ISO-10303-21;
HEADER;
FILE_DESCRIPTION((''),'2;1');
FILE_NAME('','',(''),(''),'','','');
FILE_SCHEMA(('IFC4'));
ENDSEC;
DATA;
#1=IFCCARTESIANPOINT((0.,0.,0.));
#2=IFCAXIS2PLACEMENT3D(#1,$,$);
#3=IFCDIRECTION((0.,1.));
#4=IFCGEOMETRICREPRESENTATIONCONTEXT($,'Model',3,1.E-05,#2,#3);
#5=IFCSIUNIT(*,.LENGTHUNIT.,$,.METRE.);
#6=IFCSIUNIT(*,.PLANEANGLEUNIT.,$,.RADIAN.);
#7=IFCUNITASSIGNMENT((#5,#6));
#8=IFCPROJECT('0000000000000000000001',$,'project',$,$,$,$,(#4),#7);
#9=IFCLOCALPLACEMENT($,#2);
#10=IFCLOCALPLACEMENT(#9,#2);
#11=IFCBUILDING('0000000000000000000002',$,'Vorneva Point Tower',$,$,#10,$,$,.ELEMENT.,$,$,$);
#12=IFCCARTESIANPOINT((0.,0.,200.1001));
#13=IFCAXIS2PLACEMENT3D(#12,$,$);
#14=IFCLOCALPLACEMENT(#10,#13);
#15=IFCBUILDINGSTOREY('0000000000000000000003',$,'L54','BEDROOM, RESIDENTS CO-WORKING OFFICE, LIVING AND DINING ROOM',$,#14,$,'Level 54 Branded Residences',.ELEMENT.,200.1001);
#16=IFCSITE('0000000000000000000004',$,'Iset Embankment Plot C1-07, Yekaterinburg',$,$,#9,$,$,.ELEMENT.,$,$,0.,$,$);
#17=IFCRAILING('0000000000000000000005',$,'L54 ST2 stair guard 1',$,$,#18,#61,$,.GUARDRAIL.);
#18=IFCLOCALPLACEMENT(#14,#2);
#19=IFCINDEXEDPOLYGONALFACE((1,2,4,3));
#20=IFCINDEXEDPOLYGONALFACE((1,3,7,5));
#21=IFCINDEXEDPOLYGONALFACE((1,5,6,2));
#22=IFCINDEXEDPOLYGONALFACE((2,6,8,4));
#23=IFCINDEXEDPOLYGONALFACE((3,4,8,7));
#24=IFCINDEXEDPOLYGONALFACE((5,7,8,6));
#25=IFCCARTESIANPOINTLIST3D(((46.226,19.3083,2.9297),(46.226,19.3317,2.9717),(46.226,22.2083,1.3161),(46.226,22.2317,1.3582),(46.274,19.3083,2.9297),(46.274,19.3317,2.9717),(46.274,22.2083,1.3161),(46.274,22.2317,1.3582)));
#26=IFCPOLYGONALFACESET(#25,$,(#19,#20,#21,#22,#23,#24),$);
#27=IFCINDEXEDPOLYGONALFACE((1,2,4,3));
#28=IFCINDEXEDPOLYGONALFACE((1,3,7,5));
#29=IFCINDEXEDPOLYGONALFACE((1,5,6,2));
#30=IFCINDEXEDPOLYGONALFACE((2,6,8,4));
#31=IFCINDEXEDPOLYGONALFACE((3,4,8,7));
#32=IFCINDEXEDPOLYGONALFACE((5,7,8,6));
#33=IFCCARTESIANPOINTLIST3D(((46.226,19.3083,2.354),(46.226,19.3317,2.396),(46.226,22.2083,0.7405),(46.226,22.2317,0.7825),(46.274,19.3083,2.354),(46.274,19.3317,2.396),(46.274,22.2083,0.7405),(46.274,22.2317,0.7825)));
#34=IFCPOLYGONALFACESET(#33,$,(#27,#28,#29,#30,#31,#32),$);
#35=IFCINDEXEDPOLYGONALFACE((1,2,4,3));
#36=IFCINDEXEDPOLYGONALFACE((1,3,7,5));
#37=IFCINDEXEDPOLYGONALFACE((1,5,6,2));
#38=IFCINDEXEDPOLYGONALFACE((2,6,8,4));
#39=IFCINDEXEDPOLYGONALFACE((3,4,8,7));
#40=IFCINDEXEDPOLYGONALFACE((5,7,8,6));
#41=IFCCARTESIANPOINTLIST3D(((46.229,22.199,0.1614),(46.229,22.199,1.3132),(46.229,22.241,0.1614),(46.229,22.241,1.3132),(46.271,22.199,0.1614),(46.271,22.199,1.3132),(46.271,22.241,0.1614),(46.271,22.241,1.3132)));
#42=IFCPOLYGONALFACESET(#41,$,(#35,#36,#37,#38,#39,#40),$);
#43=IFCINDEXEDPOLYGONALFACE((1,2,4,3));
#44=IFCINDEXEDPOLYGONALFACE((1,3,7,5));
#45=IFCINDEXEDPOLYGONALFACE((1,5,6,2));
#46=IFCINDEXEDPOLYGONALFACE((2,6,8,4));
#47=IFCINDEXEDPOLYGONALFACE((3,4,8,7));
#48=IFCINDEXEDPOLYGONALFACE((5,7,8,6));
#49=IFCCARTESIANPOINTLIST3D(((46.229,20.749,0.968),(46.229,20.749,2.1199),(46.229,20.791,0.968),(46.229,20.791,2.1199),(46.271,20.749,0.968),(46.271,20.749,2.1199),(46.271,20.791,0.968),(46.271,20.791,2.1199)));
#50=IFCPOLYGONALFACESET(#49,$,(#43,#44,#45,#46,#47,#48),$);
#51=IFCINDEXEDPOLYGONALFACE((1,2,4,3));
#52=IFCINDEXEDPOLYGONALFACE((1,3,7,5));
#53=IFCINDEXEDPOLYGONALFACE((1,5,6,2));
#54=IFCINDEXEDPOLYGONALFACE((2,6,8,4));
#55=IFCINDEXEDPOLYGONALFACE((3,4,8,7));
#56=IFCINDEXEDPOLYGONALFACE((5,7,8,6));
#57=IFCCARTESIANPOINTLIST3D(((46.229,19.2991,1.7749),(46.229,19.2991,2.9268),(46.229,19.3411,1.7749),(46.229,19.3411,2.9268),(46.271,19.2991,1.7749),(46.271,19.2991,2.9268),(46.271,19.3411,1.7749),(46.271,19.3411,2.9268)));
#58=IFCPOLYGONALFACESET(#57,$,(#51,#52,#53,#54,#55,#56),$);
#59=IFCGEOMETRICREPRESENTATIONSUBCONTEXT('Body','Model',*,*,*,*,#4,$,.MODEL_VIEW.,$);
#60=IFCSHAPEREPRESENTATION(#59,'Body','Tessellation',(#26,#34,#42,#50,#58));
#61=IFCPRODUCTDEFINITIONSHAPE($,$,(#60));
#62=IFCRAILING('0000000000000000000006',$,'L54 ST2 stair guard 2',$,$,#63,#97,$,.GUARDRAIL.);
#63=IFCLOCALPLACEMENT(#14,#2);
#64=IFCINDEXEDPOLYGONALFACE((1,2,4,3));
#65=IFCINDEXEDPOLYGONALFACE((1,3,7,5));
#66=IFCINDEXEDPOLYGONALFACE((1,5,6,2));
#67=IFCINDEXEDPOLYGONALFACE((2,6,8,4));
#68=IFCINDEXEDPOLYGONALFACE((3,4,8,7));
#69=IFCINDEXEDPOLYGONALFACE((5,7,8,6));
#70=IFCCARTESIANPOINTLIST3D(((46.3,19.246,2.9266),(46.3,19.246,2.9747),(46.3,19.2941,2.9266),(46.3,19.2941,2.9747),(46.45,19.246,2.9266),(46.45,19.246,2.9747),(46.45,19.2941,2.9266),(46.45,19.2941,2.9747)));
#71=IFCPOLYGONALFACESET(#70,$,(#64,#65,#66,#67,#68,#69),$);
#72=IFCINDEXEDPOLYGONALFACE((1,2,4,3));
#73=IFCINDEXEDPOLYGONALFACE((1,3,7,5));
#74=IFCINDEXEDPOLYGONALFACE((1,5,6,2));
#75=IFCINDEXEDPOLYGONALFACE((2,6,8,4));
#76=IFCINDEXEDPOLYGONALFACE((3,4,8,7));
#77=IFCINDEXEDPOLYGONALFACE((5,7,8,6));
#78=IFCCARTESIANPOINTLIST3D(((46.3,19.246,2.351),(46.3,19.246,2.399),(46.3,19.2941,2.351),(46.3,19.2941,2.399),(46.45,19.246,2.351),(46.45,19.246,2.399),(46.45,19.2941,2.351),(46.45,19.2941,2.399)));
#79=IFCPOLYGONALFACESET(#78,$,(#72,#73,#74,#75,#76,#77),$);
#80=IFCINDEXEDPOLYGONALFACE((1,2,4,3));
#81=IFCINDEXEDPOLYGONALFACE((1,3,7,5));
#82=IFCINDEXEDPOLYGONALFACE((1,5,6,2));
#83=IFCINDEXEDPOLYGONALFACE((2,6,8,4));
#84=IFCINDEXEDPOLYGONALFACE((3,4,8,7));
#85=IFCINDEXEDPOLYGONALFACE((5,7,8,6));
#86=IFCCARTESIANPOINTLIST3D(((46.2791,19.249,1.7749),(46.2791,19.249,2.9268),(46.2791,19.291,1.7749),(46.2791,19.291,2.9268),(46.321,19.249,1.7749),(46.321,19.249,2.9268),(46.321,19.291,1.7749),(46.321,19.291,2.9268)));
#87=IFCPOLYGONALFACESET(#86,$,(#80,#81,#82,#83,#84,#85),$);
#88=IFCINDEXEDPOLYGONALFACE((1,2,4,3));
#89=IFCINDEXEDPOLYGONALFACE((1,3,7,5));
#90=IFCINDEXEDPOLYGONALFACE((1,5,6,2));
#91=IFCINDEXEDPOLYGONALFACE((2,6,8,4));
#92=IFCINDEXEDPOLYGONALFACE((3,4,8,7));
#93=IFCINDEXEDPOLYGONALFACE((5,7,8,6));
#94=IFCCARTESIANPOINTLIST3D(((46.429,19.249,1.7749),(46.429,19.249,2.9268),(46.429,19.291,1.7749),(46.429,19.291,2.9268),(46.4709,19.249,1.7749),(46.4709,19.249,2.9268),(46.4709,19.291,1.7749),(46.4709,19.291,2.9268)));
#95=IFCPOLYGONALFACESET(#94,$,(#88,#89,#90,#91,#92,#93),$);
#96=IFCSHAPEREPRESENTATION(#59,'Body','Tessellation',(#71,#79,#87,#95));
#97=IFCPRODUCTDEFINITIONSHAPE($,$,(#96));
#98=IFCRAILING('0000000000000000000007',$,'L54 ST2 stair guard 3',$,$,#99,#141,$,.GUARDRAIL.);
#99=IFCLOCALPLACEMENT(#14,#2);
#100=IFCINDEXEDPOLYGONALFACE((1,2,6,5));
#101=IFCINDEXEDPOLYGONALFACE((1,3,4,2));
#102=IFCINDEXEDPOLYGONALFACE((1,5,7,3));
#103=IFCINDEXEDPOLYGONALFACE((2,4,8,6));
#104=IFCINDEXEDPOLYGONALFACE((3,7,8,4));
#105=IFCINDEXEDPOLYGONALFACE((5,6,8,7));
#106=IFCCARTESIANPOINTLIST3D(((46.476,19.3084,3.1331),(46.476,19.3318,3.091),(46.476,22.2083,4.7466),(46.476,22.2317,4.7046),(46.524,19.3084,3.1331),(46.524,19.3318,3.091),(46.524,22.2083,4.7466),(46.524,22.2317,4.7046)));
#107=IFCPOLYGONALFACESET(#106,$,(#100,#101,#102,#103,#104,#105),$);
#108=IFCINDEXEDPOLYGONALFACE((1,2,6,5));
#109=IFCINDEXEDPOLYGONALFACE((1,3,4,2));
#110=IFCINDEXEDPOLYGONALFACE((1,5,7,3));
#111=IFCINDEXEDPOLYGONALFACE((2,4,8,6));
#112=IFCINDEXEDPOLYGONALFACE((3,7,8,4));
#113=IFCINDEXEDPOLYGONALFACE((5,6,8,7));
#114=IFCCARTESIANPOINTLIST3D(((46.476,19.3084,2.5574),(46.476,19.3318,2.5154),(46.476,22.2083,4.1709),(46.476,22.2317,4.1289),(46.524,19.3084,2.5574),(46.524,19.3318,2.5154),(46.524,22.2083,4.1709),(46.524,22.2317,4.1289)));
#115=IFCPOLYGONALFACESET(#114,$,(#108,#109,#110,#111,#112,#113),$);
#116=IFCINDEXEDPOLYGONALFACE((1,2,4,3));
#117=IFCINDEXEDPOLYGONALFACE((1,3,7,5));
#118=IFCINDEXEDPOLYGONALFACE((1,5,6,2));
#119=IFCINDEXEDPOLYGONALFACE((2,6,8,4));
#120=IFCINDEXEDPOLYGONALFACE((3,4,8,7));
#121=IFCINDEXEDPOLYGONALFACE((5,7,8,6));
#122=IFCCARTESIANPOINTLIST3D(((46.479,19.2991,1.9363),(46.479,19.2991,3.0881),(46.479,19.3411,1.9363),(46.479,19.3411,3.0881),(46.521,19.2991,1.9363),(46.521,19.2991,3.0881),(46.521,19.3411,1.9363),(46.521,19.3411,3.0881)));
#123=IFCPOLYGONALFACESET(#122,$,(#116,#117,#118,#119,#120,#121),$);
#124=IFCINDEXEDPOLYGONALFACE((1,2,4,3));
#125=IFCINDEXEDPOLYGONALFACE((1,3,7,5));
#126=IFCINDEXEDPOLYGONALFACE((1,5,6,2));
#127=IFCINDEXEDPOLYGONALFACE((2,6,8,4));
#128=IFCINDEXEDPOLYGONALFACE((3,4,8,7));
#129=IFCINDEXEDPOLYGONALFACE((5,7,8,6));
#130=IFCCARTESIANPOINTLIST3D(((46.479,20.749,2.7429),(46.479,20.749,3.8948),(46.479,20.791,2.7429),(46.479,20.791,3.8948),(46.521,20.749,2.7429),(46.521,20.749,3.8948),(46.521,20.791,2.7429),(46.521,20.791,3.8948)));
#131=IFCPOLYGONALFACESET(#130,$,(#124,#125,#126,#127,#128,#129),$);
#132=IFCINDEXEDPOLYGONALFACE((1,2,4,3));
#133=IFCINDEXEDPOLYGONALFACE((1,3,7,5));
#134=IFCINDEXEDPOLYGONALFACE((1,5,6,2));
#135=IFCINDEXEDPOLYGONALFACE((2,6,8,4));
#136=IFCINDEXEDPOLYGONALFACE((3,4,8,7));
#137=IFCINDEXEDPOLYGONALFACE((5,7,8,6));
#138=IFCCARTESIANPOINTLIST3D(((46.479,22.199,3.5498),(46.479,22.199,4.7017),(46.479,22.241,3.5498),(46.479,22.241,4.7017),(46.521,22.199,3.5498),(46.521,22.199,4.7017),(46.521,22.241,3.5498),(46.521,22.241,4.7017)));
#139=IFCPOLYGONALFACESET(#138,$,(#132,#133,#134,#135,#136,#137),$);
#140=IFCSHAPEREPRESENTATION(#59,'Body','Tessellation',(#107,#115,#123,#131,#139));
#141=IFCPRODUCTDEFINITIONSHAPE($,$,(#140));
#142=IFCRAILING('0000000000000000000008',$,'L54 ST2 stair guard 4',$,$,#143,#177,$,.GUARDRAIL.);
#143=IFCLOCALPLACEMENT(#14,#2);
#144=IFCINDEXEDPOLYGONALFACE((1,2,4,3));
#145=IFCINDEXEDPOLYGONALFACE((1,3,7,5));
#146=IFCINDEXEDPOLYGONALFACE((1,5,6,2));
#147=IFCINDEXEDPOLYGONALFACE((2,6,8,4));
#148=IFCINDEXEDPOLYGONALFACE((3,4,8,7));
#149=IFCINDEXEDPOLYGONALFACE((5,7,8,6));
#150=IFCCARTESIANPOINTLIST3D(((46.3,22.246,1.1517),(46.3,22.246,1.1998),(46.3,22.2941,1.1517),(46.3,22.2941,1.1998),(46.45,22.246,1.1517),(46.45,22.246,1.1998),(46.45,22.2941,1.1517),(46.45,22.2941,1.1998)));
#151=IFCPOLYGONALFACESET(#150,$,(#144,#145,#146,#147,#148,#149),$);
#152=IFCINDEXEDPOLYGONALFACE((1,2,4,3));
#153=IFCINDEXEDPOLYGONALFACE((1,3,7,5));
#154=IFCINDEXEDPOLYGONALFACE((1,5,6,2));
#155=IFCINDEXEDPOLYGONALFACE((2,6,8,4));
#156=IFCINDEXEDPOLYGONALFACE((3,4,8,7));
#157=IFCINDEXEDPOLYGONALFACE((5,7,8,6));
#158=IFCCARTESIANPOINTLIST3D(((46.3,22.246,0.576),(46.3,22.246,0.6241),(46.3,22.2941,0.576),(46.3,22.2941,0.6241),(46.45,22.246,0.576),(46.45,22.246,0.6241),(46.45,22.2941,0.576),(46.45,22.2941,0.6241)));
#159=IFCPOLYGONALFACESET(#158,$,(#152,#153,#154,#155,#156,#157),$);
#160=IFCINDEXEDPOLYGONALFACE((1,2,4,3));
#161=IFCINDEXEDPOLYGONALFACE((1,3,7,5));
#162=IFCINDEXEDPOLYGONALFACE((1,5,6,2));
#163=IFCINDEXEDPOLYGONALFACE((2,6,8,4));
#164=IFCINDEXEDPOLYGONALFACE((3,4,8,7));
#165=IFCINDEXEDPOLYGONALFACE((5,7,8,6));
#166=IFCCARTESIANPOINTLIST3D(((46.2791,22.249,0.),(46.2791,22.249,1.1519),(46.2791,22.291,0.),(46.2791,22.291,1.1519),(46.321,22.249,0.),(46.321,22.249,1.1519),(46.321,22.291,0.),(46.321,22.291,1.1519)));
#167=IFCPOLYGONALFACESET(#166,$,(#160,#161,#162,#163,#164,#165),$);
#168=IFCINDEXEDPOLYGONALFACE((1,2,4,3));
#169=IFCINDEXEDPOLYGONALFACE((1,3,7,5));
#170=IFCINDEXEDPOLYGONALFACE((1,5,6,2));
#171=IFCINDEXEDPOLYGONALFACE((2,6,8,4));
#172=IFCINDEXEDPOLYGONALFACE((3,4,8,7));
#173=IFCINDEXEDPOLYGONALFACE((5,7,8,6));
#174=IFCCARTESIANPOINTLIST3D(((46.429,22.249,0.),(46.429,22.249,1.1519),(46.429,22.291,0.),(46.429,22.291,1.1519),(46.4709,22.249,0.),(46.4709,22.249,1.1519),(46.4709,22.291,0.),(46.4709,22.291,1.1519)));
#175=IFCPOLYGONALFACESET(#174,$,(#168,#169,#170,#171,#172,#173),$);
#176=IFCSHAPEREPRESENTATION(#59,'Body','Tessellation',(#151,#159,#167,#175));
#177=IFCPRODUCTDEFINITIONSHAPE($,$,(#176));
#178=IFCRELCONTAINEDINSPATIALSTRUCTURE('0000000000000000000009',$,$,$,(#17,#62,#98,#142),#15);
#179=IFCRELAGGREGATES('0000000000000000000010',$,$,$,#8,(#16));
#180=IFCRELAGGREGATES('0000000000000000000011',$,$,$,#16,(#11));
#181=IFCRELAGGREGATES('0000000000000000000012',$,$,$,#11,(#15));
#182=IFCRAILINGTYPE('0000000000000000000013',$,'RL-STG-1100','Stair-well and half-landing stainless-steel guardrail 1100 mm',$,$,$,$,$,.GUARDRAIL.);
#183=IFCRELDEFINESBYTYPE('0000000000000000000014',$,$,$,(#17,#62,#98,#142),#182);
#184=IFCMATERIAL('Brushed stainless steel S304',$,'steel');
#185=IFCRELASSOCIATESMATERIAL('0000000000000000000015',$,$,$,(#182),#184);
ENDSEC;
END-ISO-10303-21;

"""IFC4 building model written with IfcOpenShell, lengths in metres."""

from ifc_helpers import new_model, si_unit, direction, frame, origin, origin_2d, place, context, subcontext, project, spatial, rectangle, extrude, material, type_object, element, save


model = new_model("IFC4")

# Units and contexts
model_context = context("Model", 3, precision=1e-05, world=origin(), true_north=direction((0.0, 1.0)))
body_context = subcontext(model_context, "Body", "Model", "MODEL_VIEW")
ifc_project = project(units=[si_unit("LENGTHUNIT", "METRE"), si_unit("PLANEANGLEUNIT", "RADIAN")], contexts=[model_context])

# Site, building, storey
site_placement = place(None, origin())
site = spatial("IfcSite", under=ifc_project, at=site_placement, Name="Iset Embankment Plot C1-07, Yekaterinburg", CompositionType="ELEMENT", RefElevation=0.0)
building_placement = place(site_placement, origin())
building = spatial("IfcBuilding", under=site, at=building_placement, Name="Vorneva Point Tower", CompositionType="ELEMENT")
storey_placement = place(building_placement, frame((0.0, 0.0, 200.1001)))
storey = spatial("IfcBuildingStorey", under=building, at=storey_placement, Name="L54", Description="BEDROOM, RESIDENTS CO-WORKING OFFICE, LIVING AND DINING ROOM", LongName="Level 54 Branded Residences", CompositionType="ELEMENT", Elevation=200.1001)

# Railings
ifc_material_1 = material(Name="Brushed stainless steel S304", Category="steel")
railing_type_1 = type_object("IfcRailingType", Name="RL-STG-1100", Description="Stair-well and half-landing stainless-steel guardrail 1100 mm", PredefinedType="GUARDRAIL", material=ifc_material_1)
railing_1_placement = place(storey_placement, frame((46.25, 22.22, 0.1614)))
element("IfcRailing", 1, at=railing_1_placement, inside=storey, type_object=railing_type_1, Name="L54 ST2 stair guard 1", PredefinedType="GUARDRAIL", context=body_context, shape_type="SweptSolid", body=[
    extrude(rectangle(XDim=0.0481, YDim=0.0481, at=origin_2d()), frame((0.0, 0.0, 1.1758), z_axis=(0.0, -0.873841, 0.486211), x_axis=(1.0, 0.0, 0.0)), (0.0, 0.0, 1.0), 3.3186),
    extrude(rectangle(XDim=0.0481, YDim=0.0481, at=origin_2d()), frame((0.0, 0.0, 0.6001), z_axis=(0.0, -0.873841, 0.486211), x_axis=(1.0, 0.0, 0.0)), (0.0, 0.0, 1.0), 3.3186),
    extrude(rectangle(XDim=0.042, YDim=0.042, at=origin_2d()), origin(), (0.0, 0.0, 1.0), 1.1519),
    extrude(rectangle(XDim=0.042, YDim=0.042, at=origin_2d()), frame((0.0, -1.45, 0.8066)), (0.0, 0.0, 1.0), 1.1519),
    extrude(rectangle(XDim=0.042, YDim=0.042, at=origin_2d()), frame((0.0, -2.8999, 1.6135)), (0.0, 0.0, 1.0), 1.1519),
])
railing_2_placement = place(storey_placement, frame((46.3, 19.27, 1.7749)))
element("IfcRailing", 2, at=railing_2_placement, inside=storey, type_object=railing_type_1, Name="L54 ST2 stair guard 2", PredefinedType="GUARDRAIL", context=body_context, shape_type="SweptSolid", body=[
    extrude(rectangle(XDim=0.0481, YDim=0.0481, at=origin_2d()), frame((0.0, 0.0, 1.1758), z_axis=(1.0, 0.0, 0.0), x_axis=(0.0, 1.0, 0.0)), (0.0, 0.0, 1.0), 0.1499),
    extrude(rectangle(XDim=0.0481, YDim=0.0481, at=origin_2d()), frame((0.0, 0.0, 0.6001), z_axis=(1.0, 0.0, 0.0), x_axis=(0.0, 1.0, 0.0)), (0.0, 0.0, 1.0), 0.1499),
    extrude(rectangle(XDim=0.042, YDim=0.042, at=origin_2d()), origin(), (0.0, 0.0, 1.0), 1.1519),
    extrude(rectangle(XDim=0.042, YDim=0.042, at=origin_2d()), frame((0.1499, 0.0, 0.0)), (0.0, 0.0, 1.0), 1.1519),
])
railing_3_placement = place(storey_placement, frame((46.5, 19.3201, 1.9363)))
element("IfcRailing", 3, at=railing_3_placement, inside=storey, type_object=railing_type_1, Name="L54 ST2 stair guard 3", PredefinedType="GUARDRAIL", context=body_context, shape_type="SweptSolid", body=[
    extrude(rectangle(XDim=0.0481, YDim=0.0481, at=origin_2d()), frame((0.0, 0.0, 1.1758), z_axis=(0.0, 0.873841, 0.486211), x_axis=(-1.0, 0.0, 0.0)), (0.0, 0.0, 1.0), 3.3186),
    extrude(rectangle(XDim=0.0481, YDim=0.0481, at=origin_2d()), frame((0.0, 0.0, 0.6001), z_axis=(0.0, 0.873841, 0.486211), x_axis=(-1.0, 0.0, 0.0)), (0.0, 0.0, 1.0), 3.3186),
    extrude(rectangle(XDim=0.042, YDim=0.042, at=origin_2d()), origin(), (0.0, 0.0, 1.0), 1.1519),
    extrude(rectangle(XDim=0.042, YDim=0.042, at=origin_2d()), frame((0.0, 1.45, 0.8066)), (0.0, 0.0, 1.0), 1.1519),
    extrude(rectangle(XDim=0.042, YDim=0.042, at=origin_2d()), frame((0.0, 2.8999, 1.6135)), (0.0, 0.0, 1.0), 1.1519),
])
railing_4_placement = place(storey_placement, frame((46.3, 22.27, 0.0)))
element("IfcRailing", 4, at=railing_4_placement, inside=storey, type_object=railing_type_1, Name="L54 ST2 stair guard 4", PredefinedType="GUARDRAIL", context=body_context, shape_type="SweptSolid", body=[
    extrude(rectangle(XDim=0.0481, YDim=0.0481, at=origin_2d()), frame((0.0, 0.0, 1.1758), z_axis=(1.0, 0.0, 0.0), x_axis=(0.0, 1.0, 0.0)), (0.0, 0.0, 1.0), 0.1499),
    extrude(rectangle(XDim=0.0481, YDim=0.0481, at=origin_2d()), frame((0.0, 0.0, 0.6001), z_axis=(1.0, 0.0, 0.0), x_axis=(0.0, 1.0, 0.0)), (0.0, 0.0, 1.0), 0.1499),
    extrude(rectangle(XDim=0.042, YDim=0.042, at=origin_2d()), origin(), (0.0, 0.0, 1.0), 1.1519),
    extrude(rectangle(XDim=0.042, YDim=0.042, at=origin_2d()), frame((0.1499, 0.0, 0.0)), (0.0, 0.0, 1.0), 1.1519),
])

save(model, "model.ifc")
